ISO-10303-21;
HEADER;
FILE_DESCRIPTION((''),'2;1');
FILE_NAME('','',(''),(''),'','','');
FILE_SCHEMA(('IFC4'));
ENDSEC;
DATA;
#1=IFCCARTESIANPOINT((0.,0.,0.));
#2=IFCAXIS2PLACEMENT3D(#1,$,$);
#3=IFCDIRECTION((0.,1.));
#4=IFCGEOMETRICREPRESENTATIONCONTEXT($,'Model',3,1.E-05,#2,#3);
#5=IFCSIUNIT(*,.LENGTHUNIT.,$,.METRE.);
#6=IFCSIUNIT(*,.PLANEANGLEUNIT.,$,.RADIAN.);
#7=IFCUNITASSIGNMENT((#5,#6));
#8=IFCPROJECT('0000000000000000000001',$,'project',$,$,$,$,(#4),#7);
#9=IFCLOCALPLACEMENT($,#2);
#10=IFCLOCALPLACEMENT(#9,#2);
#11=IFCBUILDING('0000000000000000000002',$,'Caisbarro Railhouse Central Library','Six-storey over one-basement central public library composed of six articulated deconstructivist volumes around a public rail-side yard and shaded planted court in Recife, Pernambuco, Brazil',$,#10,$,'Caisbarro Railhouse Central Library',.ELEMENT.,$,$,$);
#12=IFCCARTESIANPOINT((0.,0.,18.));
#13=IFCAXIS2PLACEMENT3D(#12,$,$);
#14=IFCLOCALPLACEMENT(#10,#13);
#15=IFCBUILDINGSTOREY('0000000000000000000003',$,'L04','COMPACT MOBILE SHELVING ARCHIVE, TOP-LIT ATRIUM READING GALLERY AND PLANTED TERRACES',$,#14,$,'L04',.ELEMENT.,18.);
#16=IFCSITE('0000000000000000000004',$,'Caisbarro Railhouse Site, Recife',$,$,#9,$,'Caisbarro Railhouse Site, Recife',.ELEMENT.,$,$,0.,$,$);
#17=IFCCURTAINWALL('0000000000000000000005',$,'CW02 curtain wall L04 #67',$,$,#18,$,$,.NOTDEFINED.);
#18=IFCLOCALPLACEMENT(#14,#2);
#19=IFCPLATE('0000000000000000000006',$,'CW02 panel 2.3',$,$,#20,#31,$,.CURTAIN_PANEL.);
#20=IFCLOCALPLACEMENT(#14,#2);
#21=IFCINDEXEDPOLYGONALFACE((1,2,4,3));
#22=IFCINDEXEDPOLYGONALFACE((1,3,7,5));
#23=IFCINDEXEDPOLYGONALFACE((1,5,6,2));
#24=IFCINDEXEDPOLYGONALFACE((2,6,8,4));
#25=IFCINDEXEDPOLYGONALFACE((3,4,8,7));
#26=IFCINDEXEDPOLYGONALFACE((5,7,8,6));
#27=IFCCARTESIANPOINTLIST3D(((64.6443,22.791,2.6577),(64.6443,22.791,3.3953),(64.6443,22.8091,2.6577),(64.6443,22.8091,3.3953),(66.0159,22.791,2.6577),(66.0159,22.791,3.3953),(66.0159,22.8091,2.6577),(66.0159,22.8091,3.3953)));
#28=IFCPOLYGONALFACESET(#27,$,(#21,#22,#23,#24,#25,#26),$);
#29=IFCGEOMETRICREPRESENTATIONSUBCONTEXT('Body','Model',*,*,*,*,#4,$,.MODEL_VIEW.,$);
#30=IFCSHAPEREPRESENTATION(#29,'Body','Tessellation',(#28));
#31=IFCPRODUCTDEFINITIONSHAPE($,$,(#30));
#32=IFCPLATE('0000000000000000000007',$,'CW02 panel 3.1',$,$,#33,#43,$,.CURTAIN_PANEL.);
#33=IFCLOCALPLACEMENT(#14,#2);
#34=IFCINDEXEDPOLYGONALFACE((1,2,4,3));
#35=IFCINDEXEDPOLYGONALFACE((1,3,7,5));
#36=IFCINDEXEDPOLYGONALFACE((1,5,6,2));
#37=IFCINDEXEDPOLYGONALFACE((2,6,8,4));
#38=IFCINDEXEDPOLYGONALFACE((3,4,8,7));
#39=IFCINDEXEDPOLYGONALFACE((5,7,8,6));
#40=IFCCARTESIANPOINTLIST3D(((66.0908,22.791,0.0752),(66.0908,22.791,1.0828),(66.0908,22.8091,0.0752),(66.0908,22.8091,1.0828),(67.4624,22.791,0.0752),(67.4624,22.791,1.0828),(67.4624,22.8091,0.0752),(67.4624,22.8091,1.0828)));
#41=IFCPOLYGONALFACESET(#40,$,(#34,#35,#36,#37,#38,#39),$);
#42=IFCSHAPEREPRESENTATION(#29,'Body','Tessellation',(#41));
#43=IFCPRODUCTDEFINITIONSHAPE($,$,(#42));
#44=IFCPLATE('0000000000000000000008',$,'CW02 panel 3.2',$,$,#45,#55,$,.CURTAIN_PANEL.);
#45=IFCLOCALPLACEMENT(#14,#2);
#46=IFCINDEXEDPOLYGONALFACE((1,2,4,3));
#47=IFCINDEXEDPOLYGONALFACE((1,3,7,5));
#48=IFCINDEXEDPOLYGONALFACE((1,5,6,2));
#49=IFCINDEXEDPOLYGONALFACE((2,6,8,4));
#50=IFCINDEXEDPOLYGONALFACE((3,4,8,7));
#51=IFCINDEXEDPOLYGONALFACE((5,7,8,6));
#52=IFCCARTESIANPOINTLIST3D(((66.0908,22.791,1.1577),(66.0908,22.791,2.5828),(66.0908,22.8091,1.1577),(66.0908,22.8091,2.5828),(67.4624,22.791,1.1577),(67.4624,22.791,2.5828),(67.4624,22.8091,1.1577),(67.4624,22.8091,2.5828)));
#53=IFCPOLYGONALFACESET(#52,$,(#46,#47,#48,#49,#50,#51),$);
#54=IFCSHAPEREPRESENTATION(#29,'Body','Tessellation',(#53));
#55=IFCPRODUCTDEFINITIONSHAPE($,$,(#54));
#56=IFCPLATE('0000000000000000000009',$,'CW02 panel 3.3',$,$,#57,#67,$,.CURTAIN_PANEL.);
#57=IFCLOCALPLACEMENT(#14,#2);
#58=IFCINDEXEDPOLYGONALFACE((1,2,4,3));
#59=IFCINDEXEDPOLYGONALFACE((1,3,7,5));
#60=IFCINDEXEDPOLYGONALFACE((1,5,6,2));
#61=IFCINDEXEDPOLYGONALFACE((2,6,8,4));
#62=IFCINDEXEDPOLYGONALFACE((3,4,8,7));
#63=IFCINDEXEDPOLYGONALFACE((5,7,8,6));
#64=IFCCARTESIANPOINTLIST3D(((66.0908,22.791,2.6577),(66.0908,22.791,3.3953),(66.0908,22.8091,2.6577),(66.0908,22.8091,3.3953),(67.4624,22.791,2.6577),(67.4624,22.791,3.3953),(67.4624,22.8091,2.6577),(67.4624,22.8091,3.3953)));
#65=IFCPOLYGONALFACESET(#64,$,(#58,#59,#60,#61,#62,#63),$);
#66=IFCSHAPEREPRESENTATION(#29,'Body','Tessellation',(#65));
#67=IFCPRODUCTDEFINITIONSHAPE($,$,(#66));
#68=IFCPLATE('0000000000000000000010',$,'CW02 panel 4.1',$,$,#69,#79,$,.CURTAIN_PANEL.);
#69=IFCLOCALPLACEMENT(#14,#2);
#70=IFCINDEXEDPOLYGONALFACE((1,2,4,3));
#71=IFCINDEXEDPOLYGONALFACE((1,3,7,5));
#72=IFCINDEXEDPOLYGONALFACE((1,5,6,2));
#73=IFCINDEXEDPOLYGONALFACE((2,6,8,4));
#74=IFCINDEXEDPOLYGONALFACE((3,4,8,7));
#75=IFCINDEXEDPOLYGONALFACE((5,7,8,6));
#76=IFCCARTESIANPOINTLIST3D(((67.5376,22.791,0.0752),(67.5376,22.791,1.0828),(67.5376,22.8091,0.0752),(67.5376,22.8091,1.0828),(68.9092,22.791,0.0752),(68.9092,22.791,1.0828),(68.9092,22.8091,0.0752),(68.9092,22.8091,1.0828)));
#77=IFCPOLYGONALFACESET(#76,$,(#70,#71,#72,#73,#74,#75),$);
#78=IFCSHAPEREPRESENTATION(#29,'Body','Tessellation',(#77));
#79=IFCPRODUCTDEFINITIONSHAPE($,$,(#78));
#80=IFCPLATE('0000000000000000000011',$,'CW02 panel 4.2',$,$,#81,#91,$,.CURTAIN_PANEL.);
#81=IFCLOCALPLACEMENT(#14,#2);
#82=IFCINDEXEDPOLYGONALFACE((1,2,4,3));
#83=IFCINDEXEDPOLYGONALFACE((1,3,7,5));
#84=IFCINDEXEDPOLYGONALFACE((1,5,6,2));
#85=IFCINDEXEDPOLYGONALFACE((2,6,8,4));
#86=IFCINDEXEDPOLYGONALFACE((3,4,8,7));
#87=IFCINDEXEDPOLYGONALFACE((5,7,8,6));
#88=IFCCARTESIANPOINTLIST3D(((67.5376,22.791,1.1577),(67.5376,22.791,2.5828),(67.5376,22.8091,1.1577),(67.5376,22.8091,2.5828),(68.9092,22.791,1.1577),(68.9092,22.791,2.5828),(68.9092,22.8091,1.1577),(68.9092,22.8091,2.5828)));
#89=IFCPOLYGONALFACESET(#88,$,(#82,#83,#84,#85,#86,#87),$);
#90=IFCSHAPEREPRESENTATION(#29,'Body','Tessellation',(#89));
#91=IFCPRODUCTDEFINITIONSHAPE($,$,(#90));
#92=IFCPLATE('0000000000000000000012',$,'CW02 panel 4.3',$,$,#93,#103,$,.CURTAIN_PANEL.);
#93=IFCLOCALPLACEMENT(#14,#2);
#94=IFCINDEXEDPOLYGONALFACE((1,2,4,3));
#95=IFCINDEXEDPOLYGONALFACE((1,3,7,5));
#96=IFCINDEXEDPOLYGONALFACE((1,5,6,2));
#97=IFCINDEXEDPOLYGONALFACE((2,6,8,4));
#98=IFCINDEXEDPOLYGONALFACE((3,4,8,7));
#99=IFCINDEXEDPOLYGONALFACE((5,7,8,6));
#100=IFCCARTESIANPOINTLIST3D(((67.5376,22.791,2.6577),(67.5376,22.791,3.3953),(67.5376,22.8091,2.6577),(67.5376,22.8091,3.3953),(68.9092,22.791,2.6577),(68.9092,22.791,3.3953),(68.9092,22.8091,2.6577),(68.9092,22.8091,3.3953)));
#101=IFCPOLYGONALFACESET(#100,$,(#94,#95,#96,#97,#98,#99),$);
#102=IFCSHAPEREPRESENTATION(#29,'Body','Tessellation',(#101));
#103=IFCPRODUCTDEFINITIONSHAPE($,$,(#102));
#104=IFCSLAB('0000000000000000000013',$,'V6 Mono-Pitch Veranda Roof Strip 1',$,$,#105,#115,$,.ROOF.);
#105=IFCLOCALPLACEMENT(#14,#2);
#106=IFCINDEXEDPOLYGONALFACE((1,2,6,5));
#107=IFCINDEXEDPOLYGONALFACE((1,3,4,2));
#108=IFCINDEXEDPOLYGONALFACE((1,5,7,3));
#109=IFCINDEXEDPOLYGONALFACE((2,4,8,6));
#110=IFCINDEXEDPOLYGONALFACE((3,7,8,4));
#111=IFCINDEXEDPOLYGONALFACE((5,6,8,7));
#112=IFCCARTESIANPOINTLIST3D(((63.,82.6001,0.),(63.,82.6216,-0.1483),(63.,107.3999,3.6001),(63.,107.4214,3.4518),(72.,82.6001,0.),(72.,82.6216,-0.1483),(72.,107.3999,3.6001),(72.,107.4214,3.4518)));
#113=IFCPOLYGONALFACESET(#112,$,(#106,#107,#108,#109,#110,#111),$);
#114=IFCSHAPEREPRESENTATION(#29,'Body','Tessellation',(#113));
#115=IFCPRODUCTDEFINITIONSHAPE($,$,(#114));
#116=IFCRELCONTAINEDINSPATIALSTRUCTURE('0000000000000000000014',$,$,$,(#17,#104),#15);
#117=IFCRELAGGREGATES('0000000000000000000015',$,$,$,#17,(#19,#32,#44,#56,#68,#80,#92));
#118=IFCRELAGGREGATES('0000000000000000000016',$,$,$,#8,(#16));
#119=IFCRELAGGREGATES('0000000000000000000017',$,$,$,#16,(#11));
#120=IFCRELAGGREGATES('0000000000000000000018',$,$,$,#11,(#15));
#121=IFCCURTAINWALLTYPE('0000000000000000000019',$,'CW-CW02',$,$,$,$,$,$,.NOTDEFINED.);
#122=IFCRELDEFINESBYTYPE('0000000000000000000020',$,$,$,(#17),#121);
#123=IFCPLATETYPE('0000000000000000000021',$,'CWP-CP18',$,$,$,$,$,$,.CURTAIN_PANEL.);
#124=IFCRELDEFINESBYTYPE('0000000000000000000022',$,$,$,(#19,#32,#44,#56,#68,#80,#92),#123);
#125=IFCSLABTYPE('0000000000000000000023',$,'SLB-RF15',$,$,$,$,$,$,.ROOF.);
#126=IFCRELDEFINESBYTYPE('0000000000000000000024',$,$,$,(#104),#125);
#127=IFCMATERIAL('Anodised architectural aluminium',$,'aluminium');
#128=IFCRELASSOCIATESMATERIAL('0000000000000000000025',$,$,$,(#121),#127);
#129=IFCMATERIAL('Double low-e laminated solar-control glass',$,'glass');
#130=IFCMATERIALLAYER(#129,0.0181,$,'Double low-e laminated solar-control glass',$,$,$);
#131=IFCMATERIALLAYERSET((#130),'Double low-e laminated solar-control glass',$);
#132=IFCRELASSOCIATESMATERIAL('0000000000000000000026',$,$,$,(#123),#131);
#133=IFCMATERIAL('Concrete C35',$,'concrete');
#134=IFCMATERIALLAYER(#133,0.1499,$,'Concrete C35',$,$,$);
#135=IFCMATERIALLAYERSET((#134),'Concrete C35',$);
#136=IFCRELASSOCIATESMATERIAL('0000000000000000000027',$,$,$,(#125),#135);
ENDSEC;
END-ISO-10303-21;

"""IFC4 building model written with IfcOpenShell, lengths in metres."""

from ifc_helpers import new_model, si_unit, direction, frame, origin, origin_2d, place, context, subcontext, project, spatial, polyline, rectangle, outline, extrude, material, layer, layer_set, type_object, element, aggregate, save


model = new_model("IFC4")

# Units and contexts
model_context = context("Model", 3, precision=1e-05, world=origin(), true_north=direction((0.0, 1.0)))
body_context = subcontext(model_context, "Body", "Model", "MODEL_VIEW")
ifc_project = project(units=[si_unit("LENGTHUNIT", "METRE"), si_unit("PLANEANGLEUNIT", "RADIAN")], contexts=[model_context])

# Site, building, storey
site_placement = place(None, origin())
site = spatial("IfcSite", under=ifc_project, at=site_placement, Name="Caisbarro Railhouse Site, Recife", LongName="Caisbarro Railhouse Site, Recife", CompositionType="ELEMENT", RefElevation=0.0)
building_placement = place(site_placement, origin())
building = spatial("IfcBuilding", under=site, at=building_placement, Name="Caisbarro Railhouse Central Library", Description="Six-storey over one-basement central public library composed of six articulated deconstructivist volumes around a public rail-side yard and shaded planted court in Recife, Pernambuco, Brazil", LongName="Caisbarro Railhouse Central Library", CompositionType="ELEMENT")
storey_placement = place(building_placement, frame((0.0, 0.0, 18.0)))
storey = spatial("IfcBuildingStorey", under=building, at=storey_placement, Name="L04", Description="COMPACT MOBILE SHELVING ARCHIVE, TOP-LIT ATRIUM READING GALLERY AND PLANTED TERRACES", LongName="L04", CompositionType="ELEMENT", Elevation=18.0)

# Curtain wall, plates
ifc_material_1 = material(Name="Anodised architectural aluminium", Category="aluminium")
curtain_wall_type = type_object("IfcCurtainWallType", Name="CW-CW02", PredefinedType="NOTDEFINED", material=ifc_material_1)
curtain_wall_placement = place(storey_placement, origin())
curtain_wall = element("IfcCurtainWall", 1, at=curtain_wall_placement, inside=storey, type_object=curtain_wall_type, Name="CW02 curtain wall L04 #67", PredefinedType="NOTDEFINED")
ifc_material_2 = material(Name="Double low-e laminated solar-control glass", Category="glass")
ifc_layer_1 = layer(ifc_material_2, 0.0181, Name="Double low-e laminated solar-control glass")
ifc_layer_set_1 = layer_set([ifc_layer_1], Name="Double low-e laminated solar-control glass")
plate_type = type_object("IfcPlateType", Name="CWP-CP18", PredefinedType="CURTAIN_PANEL", material=ifc_layer_set_1)
plate_1_placement = place(storey_placement, frame((65.3301, 22.8, 2.6577), z_axis=(0.0, 0.0, 1.0), x_axis=(1.0, 0.0, 0.0)))
plate_1 = element("IfcPlate", 2, at=plate_1_placement, type_object=plate_type, Name="CW02 panel 2.3", PredefinedType="CURTAIN_PANEL", context=body_context, shape_type="SweptSolid", body=[
    extrude(rectangle(XDim=1.3716, YDim=0.0181, at=origin_2d()), origin(), (0.0, 0.0, 1.0), 0.7375),
])
plate_2_placement = place(storey_placement, frame((66.7766, 22.8, 0.0752), z_axis=(0.0, 0.0, 1.0), x_axis=(1.0, 0.0, 0.0)))
plate_2 = element("IfcPlate", 3, at=plate_2_placement, type_object=plate_type, Name="CW02 panel 3.1", PredefinedType="CURTAIN_PANEL", context=body_context, shape_type="SweptSolid", body=[
    extrude(rectangle(XDim=1.3716, YDim=0.0181, at=origin_2d()), origin(), (0.0, 0.0, 1.0), 1.0076),
])
plate_3_placement = place(storey_placement, frame((66.7766, 22.8, 1.1577), z_axis=(0.0, 0.0, 1.0), x_axis=(1.0, 0.0, 0.0)))
plate_3 = element("IfcPlate", 4, at=plate_3_placement, type_object=plate_type, Name="CW02 panel 3.2", PredefinedType="CURTAIN_PANEL", context=body_context, shape_type="SweptSolid", body=[
    extrude(rectangle(XDim=1.3716, YDim=0.0181, at=origin_2d()), origin(), (0.0, 0.0, 1.0), 1.425),
])
plate_4_placement = place(storey_placement, frame((66.7766, 22.8, 2.6577), z_axis=(0.0, 0.0, 1.0), x_axis=(1.0, 0.0, 0.0)))
plate_4 = element("IfcPlate", 5, at=plate_4_placement, type_object=plate_type, Name="CW02 panel 3.3", PredefinedType="CURTAIN_PANEL", context=body_context, shape_type="SweptSolid", body=[
    extrude(rectangle(XDim=1.3716, YDim=0.0181, at=origin_2d()), origin(), (0.0, 0.0, 1.0), 0.7375),
])
plate_5_placement = place(storey_placement, frame((68.2234, 22.8, 0.0752), z_axis=(0.0, 0.0, 1.0), x_axis=(1.0, 0.0, 0.0)))
plate_5 = element("IfcPlate", 6, at=plate_5_placement, type_object=plate_type, Name="CW02 panel 4.1", PredefinedType="CURTAIN_PANEL", context=body_context, shape_type="SweptSolid", body=[
    extrude(rectangle(XDim=1.3716, YDim=0.0181, at=origin_2d()), origin(), (0.0, 0.0, 1.0), 1.0076),
])
plate_6_placement = place(storey_placement, frame((68.2234, 22.8, 1.1577), z_axis=(0.0, 0.0, 1.0), x_axis=(1.0, 0.0, 0.0)))
plate_6 = element("IfcPlate", 7, at=plate_6_placement, type_object=plate_type, Name="CW02 panel 4.2", PredefinedType="CURTAIN_PANEL", context=body_context, shape_type="SweptSolid", body=[
    extrude(rectangle(XDim=1.3716, YDim=0.0181, at=origin_2d()), origin(), (0.0, 0.0, 1.0), 1.425),
])
plate_7_placement = place(storey_placement, frame((68.2234, 22.8, 2.6577), z_axis=(0.0, 0.0, 1.0), x_axis=(1.0, 0.0, 0.0)))
plate_7 = element("IfcPlate", 8, at=plate_7_placement, type_object=plate_type, Name="CW02 panel 4.3", PredefinedType="CURTAIN_PANEL", context=body_context, shape_type="SweptSolid", body=[
    extrude(rectangle(XDim=1.3716, YDim=0.0181, at=origin_2d()), origin(), (0.0, 0.0, 1.0), 0.7375),
])
aggregate(curtain_wall, [plate_1, plate_2, plate_3, plate_4, plate_5, plate_6, plate_7])

# Slab
ifc_material_3 = material(Name="Concrete C35", Category="concrete")
ifc_layer_2 = layer(ifc_material_3, 0.1499, Name="Concrete C35")
ifc_layer_set_2 = layer_set([ifc_layer_2], Name="Concrete C35")
slab_type = type_object("IfcSlabType", Name="SLB-RF15", PredefinedType="ROOF", material=ifc_layer_set_2)
slab_placement = place(storey_placement, frame((63.0, 82.6001, 0.0), z_axis=(0.0, -0.143661, 0.989627), x_axis=(1.0, 0.0, 0.0)))
element("IfcSlab", 9, at=slab_placement, inside=storey, type_object=slab_type, Name="V6 Mono-Pitch Veranda Roof Strip 1", PredefinedType="ROOF", context=body_context, shape_type="SweptSolid", body=[
    extrude(outline(polyline([(0.0, 0.0), (9.0, 0.0), (9.0, 25.0597), (0.0, 25.0597), (0.0, 0.0)])), origin(), (0.0, 0.0, -1.0), 0.1499),
])

save(model, "model.ifc")
